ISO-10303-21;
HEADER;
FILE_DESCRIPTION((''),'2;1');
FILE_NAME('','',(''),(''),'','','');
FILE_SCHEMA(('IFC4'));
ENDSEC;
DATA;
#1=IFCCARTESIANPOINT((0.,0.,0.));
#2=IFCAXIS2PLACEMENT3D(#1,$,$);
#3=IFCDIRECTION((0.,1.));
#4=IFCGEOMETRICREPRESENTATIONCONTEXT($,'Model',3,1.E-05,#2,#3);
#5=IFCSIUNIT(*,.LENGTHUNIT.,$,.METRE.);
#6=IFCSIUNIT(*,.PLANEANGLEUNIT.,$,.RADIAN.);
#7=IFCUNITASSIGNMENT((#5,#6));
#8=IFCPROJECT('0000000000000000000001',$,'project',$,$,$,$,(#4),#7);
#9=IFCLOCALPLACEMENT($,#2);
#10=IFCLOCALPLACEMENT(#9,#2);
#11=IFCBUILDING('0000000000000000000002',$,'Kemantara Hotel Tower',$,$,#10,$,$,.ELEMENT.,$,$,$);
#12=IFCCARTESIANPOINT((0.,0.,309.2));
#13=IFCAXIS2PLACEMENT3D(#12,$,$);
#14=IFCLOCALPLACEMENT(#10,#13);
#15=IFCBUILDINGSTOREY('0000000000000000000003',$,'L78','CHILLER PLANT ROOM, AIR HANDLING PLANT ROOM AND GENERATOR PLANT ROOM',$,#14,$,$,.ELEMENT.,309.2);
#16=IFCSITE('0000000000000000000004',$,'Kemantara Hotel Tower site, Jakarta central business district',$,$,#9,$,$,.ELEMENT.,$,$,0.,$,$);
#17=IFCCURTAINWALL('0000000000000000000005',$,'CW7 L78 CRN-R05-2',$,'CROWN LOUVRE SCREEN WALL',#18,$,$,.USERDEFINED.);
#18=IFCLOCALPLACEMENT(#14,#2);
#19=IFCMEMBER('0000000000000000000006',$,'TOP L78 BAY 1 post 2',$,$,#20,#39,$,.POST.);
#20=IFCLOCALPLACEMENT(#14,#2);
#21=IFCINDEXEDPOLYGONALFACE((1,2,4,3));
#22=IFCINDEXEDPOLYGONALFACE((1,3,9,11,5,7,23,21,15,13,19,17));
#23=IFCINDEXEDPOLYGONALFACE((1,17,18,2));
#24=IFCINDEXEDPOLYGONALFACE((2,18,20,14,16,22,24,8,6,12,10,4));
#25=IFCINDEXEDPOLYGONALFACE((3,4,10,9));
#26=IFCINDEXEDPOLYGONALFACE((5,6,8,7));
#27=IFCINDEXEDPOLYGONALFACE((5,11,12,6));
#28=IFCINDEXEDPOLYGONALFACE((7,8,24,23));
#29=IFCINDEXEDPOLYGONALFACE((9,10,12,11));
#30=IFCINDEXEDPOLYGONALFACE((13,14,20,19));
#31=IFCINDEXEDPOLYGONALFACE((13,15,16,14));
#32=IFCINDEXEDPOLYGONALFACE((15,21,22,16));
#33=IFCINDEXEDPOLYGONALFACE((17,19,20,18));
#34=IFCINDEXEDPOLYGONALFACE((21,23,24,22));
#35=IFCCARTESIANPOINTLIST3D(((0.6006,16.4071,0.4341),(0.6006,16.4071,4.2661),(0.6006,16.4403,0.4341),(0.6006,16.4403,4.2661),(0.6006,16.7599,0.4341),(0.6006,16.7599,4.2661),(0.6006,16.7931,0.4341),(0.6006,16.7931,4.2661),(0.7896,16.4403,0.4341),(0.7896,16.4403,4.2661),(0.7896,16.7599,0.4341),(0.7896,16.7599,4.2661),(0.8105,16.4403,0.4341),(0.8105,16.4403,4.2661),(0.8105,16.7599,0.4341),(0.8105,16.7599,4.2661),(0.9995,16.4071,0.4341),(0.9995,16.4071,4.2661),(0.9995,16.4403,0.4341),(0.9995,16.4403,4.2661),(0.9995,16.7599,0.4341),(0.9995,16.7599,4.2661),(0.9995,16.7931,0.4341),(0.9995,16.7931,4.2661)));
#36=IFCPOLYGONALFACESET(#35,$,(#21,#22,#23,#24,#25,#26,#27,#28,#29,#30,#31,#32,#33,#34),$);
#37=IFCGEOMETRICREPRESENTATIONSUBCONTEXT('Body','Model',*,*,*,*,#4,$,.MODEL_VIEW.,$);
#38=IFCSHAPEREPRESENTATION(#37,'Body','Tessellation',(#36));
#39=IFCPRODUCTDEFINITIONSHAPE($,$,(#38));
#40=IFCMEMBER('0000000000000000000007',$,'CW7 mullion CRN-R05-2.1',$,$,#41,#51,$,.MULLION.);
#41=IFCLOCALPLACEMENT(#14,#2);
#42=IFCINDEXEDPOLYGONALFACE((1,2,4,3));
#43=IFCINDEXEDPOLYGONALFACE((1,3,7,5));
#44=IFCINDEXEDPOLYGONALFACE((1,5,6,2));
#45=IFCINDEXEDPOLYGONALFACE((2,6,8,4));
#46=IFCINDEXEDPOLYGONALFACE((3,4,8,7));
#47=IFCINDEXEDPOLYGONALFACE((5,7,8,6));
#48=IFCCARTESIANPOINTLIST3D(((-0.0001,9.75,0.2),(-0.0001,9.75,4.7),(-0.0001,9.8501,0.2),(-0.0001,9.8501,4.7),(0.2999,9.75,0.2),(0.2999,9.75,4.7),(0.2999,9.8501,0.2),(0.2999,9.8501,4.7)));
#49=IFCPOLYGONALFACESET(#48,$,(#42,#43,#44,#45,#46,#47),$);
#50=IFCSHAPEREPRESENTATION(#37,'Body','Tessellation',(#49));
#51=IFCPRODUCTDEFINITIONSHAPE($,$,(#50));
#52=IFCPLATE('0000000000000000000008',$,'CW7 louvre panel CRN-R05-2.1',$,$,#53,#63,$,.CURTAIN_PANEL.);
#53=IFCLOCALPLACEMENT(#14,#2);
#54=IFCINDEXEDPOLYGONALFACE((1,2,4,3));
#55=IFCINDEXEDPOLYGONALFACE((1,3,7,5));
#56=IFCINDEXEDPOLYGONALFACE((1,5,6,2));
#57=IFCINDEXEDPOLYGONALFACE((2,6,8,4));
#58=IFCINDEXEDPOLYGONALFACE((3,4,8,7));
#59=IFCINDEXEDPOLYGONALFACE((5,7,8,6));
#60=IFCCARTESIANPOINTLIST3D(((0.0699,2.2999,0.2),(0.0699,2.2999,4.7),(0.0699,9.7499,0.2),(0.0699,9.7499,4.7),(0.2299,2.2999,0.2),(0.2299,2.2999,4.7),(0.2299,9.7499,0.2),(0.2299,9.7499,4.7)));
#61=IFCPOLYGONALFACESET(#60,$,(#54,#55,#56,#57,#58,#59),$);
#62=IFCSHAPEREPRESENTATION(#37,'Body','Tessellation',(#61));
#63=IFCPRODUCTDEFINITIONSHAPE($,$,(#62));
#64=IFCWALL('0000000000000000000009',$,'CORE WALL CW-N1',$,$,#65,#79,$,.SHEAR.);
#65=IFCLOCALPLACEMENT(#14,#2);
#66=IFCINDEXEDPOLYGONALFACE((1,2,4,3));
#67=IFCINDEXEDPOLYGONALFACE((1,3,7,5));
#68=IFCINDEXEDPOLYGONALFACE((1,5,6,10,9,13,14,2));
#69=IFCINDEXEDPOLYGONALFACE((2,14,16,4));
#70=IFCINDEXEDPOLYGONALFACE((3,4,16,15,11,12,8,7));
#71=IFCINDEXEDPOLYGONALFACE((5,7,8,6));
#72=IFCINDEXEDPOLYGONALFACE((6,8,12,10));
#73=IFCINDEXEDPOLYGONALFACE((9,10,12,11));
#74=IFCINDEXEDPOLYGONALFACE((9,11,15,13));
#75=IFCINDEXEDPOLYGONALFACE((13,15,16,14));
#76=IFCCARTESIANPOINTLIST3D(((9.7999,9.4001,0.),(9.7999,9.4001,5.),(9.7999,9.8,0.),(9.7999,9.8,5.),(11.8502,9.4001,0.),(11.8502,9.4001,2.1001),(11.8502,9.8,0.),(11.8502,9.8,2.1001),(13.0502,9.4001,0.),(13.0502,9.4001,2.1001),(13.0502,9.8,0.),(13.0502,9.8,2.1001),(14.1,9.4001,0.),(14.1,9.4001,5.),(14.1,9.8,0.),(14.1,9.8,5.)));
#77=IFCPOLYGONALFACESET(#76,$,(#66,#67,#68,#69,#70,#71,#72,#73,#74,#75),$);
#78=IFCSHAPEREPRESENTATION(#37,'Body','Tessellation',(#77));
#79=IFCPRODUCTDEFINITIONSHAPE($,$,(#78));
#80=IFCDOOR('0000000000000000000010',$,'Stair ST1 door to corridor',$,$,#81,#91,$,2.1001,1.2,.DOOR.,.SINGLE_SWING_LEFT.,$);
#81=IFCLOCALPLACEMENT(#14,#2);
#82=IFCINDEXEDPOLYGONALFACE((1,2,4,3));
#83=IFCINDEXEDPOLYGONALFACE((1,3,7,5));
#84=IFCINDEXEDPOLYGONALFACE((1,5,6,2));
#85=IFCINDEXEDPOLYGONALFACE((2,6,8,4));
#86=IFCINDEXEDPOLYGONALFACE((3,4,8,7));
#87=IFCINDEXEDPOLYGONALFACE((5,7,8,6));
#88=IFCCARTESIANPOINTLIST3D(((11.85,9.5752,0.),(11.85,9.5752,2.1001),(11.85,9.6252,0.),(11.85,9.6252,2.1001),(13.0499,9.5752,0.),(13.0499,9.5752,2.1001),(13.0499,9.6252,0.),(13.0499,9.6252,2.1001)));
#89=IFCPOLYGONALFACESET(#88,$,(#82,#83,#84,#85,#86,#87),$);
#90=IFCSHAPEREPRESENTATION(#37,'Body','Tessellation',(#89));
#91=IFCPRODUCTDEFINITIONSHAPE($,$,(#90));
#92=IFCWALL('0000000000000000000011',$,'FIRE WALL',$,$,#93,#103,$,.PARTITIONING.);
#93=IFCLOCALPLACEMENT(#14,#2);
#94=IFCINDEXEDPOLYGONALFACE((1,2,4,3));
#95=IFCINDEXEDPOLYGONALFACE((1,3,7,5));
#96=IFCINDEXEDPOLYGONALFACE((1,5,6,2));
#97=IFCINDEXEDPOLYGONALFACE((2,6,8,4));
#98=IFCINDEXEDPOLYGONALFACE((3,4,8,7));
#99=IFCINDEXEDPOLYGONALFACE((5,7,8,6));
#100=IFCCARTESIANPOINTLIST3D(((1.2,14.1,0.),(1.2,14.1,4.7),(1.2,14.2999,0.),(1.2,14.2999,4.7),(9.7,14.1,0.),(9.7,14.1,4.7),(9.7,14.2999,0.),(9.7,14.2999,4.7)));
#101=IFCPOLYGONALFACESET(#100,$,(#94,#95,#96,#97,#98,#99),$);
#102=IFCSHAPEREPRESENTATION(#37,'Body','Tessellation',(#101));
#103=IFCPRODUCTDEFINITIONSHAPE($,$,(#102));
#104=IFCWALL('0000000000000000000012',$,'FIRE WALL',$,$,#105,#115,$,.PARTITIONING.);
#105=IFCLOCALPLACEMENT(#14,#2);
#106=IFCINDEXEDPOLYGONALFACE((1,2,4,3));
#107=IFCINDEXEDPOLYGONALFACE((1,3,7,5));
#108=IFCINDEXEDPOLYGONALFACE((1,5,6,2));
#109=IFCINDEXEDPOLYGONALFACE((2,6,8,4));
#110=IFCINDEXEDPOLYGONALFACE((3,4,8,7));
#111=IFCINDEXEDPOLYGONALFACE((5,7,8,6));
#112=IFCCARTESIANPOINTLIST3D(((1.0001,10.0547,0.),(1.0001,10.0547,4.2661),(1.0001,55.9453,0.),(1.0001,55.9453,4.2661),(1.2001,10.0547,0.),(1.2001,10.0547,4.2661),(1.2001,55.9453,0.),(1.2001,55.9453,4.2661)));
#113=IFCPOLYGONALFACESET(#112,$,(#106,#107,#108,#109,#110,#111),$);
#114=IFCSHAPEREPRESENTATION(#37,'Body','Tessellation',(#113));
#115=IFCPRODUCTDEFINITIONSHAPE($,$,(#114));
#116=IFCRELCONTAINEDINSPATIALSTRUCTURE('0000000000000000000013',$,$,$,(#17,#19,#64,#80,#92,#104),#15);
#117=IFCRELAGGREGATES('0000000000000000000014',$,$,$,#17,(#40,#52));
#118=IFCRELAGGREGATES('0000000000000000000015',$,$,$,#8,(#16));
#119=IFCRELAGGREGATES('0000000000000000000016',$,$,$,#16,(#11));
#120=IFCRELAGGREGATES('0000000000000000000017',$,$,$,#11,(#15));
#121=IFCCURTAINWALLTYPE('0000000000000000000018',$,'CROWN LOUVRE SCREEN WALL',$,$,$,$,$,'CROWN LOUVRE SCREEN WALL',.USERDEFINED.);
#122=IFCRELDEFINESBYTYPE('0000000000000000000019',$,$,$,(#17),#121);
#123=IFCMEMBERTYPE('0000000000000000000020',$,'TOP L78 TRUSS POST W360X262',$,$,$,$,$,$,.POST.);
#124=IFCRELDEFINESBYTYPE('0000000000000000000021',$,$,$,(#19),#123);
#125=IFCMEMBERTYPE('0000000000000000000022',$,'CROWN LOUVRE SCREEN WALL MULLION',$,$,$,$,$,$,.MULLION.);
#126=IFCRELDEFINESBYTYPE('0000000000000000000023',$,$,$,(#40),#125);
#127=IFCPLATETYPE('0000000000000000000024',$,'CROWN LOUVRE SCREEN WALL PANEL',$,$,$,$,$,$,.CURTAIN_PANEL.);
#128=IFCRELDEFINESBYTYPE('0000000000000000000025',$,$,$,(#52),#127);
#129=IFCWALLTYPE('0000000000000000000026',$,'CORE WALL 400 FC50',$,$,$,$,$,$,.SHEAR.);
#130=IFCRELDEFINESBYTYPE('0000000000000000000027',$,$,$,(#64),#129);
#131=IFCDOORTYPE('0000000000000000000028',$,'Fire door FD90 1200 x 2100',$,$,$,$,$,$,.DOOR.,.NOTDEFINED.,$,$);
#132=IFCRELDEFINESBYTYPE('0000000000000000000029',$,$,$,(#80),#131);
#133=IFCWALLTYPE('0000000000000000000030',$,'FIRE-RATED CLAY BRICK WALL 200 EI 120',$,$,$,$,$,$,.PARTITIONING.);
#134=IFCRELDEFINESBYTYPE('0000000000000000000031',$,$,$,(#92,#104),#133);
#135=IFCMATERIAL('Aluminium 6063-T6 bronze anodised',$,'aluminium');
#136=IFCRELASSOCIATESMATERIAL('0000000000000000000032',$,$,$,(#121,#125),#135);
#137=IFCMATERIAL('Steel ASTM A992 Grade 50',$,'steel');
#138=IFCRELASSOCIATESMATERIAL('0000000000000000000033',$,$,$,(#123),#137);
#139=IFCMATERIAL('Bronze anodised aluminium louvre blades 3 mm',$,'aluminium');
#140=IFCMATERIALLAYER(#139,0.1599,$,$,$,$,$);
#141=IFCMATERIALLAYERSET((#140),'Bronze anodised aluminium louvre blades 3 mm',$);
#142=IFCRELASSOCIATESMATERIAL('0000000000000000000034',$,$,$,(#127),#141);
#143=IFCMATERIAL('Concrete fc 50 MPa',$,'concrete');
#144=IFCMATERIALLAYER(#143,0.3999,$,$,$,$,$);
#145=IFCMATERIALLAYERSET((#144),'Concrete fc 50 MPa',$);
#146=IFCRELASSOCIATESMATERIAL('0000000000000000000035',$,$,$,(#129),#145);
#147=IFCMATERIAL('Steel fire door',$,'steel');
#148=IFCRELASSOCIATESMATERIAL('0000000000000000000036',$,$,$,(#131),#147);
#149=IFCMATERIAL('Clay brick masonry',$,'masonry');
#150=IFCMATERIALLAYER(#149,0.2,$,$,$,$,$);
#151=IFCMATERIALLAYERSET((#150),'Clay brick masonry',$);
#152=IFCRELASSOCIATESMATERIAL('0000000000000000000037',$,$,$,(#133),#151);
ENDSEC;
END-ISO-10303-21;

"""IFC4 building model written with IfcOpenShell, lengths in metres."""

from ifc_helpers import new_model, si_unit, direction, frame, frame_2d, origin, origin_2d, place, context, subcontext, project, spatial, rectangle, i_section, extrude, source, transform, mapped, material, layer, layer_set, material_profile, profile_set, type_object, element, fill, aggregate, save


model = new_model("IFC4")

# Units and contexts
model_context = context("Model", 3, precision=1e-05, world=origin(), true_north=direction((0.0, 1.0)))
body_context = subcontext(model_context, "Body", "Model", "MODEL_VIEW")
ifc_project = project(units=[si_unit("LENGTHUNIT", "METRE"), si_unit("PLANEANGLEUNIT", "RADIAN")], contexts=[model_context])

# Site, building, storey
site_placement = place(None, origin())
site = spatial("IfcSite", under=ifc_project, at=site_placement, Name="Kemantara Hotel Tower site, Jakarta central business district", CompositionType="ELEMENT", RefElevation=0.0)
building_placement = place(site_placement, origin())
building = spatial("IfcBuilding", under=site, at=building_placement, Name="Kemantara Hotel Tower", CompositionType="ELEMENT")
storey_placement = place(building_placement, frame((0.0, 0.0, 309.2)))
storey = spatial("IfcBuildingStorey", under=building, at=storey_placement, Name="L78", Description="CHILLER PLANT ROOM, AIR HANDLING PLANT ROOM AND GENERATOR PLANT ROOM", CompositionType="ELEMENT", Elevation=309.2)

# Shared definitions
ifc_material_1 = material(Name="Concrete fc 50 MPa", Category="concrete")

# Curtain wall
ifc_material_2 = material(Name="Aluminium 6063-T6 bronze anodised", Category="aluminium")
curtain_wall_type = type_object("IfcCurtainWallType", Name="CROWN LOUVRE SCREEN WALL", ElementType="CROWN LOUVRE SCREEN WALL", PredefinedType="USERDEFINED", material=ifc_material_2)
curtain_wall_placement = place(storey_placement, origin())
curtain_wall = element("IfcCurtainWall", 1, at=curtain_wall_placement, inside=storey, type_object=curtain_wall_type, Name="CW7 L78 CRN-R05-2", ObjectType="CROWN LOUVRE SCREEN WALL", PredefinedType="USERDEFINED")

# Shared definitions
ifc_material_3 = material(Name="Steel ASTM A992 Grade 50", Category="steel")

# Member
ifc_material_profile_1 = material_profile(ifc_material_3, i_section(OverallWidth=0.3989, OverallDepth=0.386, WebThickness=0.021, FlangeThickness=0.0332, at=origin_2d()), Name="W360X262")
ifc_profile_set_1 = profile_set([ifc_material_profile_1], Name="Steel ASTM A992 Grade 50")
member_type_1 = type_object("IfcMemberType", Name="TOP L78 TRUSS POST W360X262", PredefinedType="POST", material=ifc_profile_set_1)
member_1_placement = place(storey_placement, frame((0.8, 16.6001, 0.4341), z_axis=(0.0, 0.0, 1.0), x_axis=(1.0, 0.0, 0.0)))
element("IfcMember", 2, at=member_1_placement, inside=storey, type_object=member_type_1, Name="TOP L78 BAY 1 post 2", PredefinedType="POST", context=body_context, shape_type="SweptSolid", body=[
    extrude(i_section(OverallWidth=0.3989, OverallDepth=0.386, WebThickness=0.021, FlangeThickness=0.0332, at=origin_2d()), origin(), (0.0, 0.0, 1.0), 3.832),
])

# Member
ifc_material_profile_2 = material_profile(ifc_material_2, rectangle(XDim=0.3, YDim=0.1001, at=origin_2d()), Name="CROWN LOUVRE SCREEN WALL MULLION")
ifc_profile_set_2 = profile_set([ifc_material_profile_2], Name="Aluminium 6063-T6 bronze anodised")
member_type_2 = type_object("IfcMemberType", Name="CROWN LOUVRE SCREEN WALL MULLION", PredefinedType="MULLION", material=ifc_profile_set_2)
shared_shape_1 = source(origin(), body_context, "Body", "SweptSolid", [
    extrude(rectangle(XDim=0.3, YDim=0.1001, at=origin_2d()), origin(), (0.0, 0.0, 1.0), 4.5),
])
member_2_placement = place(storey_placement, frame((0.1499, 9.8, 0.2), z_axis=(0.0, 0.0, 1.0), x_axis=(1.0, 0.0, 0.0)))
member_2 = element("IfcMember", 3, at=member_2_placement, type_object=member_type_2, Name="CW7 mullion CRN-R05-2.1", PredefinedType="MULLION", context=body_context, shape_type="MappedRepresentation", body=[
    mapped(shared_shape_1, transform((0.0, 0.0, 0.0))),
])

# Plate
ifc_material_4 = material(Name="Bronze anodised aluminium louvre blades 3 mm", Category="aluminium")
ifc_layer_1 = layer(ifc_material_4, 0.1599)
ifc_layer_set_1 = layer_set([ifc_layer_1], Name="Bronze anodised aluminium louvre blades 3 mm")
plate_type = type_object("IfcPlateType", Name="CROWN LOUVRE SCREEN WALL PANEL", PredefinedType="CURTAIN_PANEL", material=ifc_layer_set_1)
shared_shape_2 = source(origin(), body_context, "Body", "SweptSolid", [
    extrude(rectangle(XDim=7.45, YDim=0.1599, at=origin_2d()), origin(), (0.0, 0.0, 1.0), 4.5),
])
plate_placement = place(storey_placement, frame((0.1499, 6.0249, 0.2), z_axis=(0.0, 0.0, 1.0), x_axis=(0.0, -1.0, 0.0)))
plate = element("IfcPlate", 4, at=plate_placement, type_object=plate_type, Name="CW7 louvre panel CRN-R05-2.1", PredefinedType="CURTAIN_PANEL", context=body_context, shape_type="MappedRepresentation", body=[
    mapped(shared_shape_2, transform((0.0, 0.0, 0.0))),
])
aggregate(curtain_wall, [member_2, plate])

# Wall, opening, door
ifc_layer_2 = layer(ifc_material_1, 0.3999)
ifc_layer_set_2 = layer_set([ifc_layer_2], Name="Concrete fc 50 MPa")
wall_type_1 = type_object("IfcWallType", Name="CORE WALL 400 FC50", PredefinedType="SHEAR", material=ifc_layer_set_2)
wall_1_placement = place(storey_placement, frame((9.8, 9.6001, 0.0), z_axis=(0.0, 0.0, 1.0), x_axis=(1.0, 0.0, 0.0)))
wall_1 = element("IfcWall", 5, at=wall_1_placement, inside=storey, type_object=wall_type_1, Name="CORE WALL CW-N1", PredefinedType="SHEAR", context=body_context, shape_type="SweptSolid", body=[
    extrude(rectangle(XDim=4.3, YDim=0.3999, at=frame_2d((2.1499, 0.0))), origin(), (0.0, 0.0, 1.0), 5.0),
])
opening_1_placement = place(wall_1_placement, frame((2.05, 0.0, 0.0)))
opening_1 = element("IfcOpeningElement", 6, at=opening_1_placement, cuts=wall_1, PredefinedType="OPENING", context=body_context, shape_type="SweptSolid", body=[
    extrude(rectangle(XDim=1.2, YDim=2.1001, at=frame_2d((0.6001, 1.05))), frame((0.0, 0.21, 0.0), z_axis=(0.0, -1.0, 0.0), x_axis=(1.0, 0.0, 0.0)), (0.0, 0.0, 1.0), 0.4199),
])
ifc_material_5 = material(Name="Steel fire door", Category="steel")
door_type_1 = type_object("IfcDoorType", Name="Fire door FD90 1200 x 2100", OperationType="NOTDEFINED", PredefinedType="DOOR", material=ifc_material_5)
door_1_placement = place(opening_1_placement, frame((1.2, 0.0, 0.0), z_axis=(0.0, 0.0, 1.0), x_axis=(-1.0, 0.0, 0.0)))
door_1 = element("IfcDoor", 7, at=door_1_placement, inside=storey, type_object=door_type_1, Name="Stair ST1 door to corridor", OperationType="SINGLE_SWING_LEFT", OverallHeight=2.1001, OverallWidth=1.2, PredefinedType="DOOR", context=body_context, shape_type="SweptSolid", body=[
    extrude(rectangle(XDim=1.2, YDim=2.1001, at=frame_2d((0.6001, 1.05))), frame((0.0, 0.0249, 0.0), z_axis=(0.0, -1.0, 0.0), x_axis=(1.0, 0.0, 0.0)), (0.0, 0.0, 1.0), 0.05),
])
fill(opening_1, door_1)

# Walls
ifc_material_6 = material(Name="Clay brick masonry", Category="masonry")
ifc_layer_3 = layer(ifc_material_6, 0.2)
ifc_layer_set_3 = layer_set([ifc_layer_3], Name="Clay brick masonry")
wall_type_2 = type_object("IfcWallType", Name="FIRE-RATED CLAY BRICK WALL 200 EI 120", PredefinedType="PARTITIONING", material=ifc_layer_set_3)
wall_2_placement = place(storey_placement, frame((1.2, 14.2, 0.0), z_axis=(0.0, 0.0, 1.0), x_axis=(1.0, 0.0, 0.0)))
element("IfcWall", 8, at=wall_2_placement, inside=storey, type_object=wall_type_2, Name="FIRE WALL", PredefinedType="PARTITIONING", context=body_context, shape_type="SweptSolid", body=[
    extrude(rectangle(XDim=8.5, YDim=0.2, at=frame_2d((4.25, 0.0))), origin(), (0.0, 0.0, 1.0), 4.7),
])
wall_3_placement = place(storey_placement, frame((1.1001, 10.0547, 0.0), z_axis=(0.0, 0.0, 1.0), x_axis=(0.0, 1.0, 0.0)))
element("IfcWall", 9, at=wall_3_placement, inside=storey, type_object=wall_type_2, Name="FIRE WALL", PredefinedType="PARTITIONING", context=body_context, shape_type="SweptSolid", body=[
    extrude(rectangle(XDim=45.8906, YDim=0.2, at=frame_2d((22.9453, 0.0))), origin(), (0.0, 0.0, 1.0), 4.2661),
])

save(model, "model.ifc")
